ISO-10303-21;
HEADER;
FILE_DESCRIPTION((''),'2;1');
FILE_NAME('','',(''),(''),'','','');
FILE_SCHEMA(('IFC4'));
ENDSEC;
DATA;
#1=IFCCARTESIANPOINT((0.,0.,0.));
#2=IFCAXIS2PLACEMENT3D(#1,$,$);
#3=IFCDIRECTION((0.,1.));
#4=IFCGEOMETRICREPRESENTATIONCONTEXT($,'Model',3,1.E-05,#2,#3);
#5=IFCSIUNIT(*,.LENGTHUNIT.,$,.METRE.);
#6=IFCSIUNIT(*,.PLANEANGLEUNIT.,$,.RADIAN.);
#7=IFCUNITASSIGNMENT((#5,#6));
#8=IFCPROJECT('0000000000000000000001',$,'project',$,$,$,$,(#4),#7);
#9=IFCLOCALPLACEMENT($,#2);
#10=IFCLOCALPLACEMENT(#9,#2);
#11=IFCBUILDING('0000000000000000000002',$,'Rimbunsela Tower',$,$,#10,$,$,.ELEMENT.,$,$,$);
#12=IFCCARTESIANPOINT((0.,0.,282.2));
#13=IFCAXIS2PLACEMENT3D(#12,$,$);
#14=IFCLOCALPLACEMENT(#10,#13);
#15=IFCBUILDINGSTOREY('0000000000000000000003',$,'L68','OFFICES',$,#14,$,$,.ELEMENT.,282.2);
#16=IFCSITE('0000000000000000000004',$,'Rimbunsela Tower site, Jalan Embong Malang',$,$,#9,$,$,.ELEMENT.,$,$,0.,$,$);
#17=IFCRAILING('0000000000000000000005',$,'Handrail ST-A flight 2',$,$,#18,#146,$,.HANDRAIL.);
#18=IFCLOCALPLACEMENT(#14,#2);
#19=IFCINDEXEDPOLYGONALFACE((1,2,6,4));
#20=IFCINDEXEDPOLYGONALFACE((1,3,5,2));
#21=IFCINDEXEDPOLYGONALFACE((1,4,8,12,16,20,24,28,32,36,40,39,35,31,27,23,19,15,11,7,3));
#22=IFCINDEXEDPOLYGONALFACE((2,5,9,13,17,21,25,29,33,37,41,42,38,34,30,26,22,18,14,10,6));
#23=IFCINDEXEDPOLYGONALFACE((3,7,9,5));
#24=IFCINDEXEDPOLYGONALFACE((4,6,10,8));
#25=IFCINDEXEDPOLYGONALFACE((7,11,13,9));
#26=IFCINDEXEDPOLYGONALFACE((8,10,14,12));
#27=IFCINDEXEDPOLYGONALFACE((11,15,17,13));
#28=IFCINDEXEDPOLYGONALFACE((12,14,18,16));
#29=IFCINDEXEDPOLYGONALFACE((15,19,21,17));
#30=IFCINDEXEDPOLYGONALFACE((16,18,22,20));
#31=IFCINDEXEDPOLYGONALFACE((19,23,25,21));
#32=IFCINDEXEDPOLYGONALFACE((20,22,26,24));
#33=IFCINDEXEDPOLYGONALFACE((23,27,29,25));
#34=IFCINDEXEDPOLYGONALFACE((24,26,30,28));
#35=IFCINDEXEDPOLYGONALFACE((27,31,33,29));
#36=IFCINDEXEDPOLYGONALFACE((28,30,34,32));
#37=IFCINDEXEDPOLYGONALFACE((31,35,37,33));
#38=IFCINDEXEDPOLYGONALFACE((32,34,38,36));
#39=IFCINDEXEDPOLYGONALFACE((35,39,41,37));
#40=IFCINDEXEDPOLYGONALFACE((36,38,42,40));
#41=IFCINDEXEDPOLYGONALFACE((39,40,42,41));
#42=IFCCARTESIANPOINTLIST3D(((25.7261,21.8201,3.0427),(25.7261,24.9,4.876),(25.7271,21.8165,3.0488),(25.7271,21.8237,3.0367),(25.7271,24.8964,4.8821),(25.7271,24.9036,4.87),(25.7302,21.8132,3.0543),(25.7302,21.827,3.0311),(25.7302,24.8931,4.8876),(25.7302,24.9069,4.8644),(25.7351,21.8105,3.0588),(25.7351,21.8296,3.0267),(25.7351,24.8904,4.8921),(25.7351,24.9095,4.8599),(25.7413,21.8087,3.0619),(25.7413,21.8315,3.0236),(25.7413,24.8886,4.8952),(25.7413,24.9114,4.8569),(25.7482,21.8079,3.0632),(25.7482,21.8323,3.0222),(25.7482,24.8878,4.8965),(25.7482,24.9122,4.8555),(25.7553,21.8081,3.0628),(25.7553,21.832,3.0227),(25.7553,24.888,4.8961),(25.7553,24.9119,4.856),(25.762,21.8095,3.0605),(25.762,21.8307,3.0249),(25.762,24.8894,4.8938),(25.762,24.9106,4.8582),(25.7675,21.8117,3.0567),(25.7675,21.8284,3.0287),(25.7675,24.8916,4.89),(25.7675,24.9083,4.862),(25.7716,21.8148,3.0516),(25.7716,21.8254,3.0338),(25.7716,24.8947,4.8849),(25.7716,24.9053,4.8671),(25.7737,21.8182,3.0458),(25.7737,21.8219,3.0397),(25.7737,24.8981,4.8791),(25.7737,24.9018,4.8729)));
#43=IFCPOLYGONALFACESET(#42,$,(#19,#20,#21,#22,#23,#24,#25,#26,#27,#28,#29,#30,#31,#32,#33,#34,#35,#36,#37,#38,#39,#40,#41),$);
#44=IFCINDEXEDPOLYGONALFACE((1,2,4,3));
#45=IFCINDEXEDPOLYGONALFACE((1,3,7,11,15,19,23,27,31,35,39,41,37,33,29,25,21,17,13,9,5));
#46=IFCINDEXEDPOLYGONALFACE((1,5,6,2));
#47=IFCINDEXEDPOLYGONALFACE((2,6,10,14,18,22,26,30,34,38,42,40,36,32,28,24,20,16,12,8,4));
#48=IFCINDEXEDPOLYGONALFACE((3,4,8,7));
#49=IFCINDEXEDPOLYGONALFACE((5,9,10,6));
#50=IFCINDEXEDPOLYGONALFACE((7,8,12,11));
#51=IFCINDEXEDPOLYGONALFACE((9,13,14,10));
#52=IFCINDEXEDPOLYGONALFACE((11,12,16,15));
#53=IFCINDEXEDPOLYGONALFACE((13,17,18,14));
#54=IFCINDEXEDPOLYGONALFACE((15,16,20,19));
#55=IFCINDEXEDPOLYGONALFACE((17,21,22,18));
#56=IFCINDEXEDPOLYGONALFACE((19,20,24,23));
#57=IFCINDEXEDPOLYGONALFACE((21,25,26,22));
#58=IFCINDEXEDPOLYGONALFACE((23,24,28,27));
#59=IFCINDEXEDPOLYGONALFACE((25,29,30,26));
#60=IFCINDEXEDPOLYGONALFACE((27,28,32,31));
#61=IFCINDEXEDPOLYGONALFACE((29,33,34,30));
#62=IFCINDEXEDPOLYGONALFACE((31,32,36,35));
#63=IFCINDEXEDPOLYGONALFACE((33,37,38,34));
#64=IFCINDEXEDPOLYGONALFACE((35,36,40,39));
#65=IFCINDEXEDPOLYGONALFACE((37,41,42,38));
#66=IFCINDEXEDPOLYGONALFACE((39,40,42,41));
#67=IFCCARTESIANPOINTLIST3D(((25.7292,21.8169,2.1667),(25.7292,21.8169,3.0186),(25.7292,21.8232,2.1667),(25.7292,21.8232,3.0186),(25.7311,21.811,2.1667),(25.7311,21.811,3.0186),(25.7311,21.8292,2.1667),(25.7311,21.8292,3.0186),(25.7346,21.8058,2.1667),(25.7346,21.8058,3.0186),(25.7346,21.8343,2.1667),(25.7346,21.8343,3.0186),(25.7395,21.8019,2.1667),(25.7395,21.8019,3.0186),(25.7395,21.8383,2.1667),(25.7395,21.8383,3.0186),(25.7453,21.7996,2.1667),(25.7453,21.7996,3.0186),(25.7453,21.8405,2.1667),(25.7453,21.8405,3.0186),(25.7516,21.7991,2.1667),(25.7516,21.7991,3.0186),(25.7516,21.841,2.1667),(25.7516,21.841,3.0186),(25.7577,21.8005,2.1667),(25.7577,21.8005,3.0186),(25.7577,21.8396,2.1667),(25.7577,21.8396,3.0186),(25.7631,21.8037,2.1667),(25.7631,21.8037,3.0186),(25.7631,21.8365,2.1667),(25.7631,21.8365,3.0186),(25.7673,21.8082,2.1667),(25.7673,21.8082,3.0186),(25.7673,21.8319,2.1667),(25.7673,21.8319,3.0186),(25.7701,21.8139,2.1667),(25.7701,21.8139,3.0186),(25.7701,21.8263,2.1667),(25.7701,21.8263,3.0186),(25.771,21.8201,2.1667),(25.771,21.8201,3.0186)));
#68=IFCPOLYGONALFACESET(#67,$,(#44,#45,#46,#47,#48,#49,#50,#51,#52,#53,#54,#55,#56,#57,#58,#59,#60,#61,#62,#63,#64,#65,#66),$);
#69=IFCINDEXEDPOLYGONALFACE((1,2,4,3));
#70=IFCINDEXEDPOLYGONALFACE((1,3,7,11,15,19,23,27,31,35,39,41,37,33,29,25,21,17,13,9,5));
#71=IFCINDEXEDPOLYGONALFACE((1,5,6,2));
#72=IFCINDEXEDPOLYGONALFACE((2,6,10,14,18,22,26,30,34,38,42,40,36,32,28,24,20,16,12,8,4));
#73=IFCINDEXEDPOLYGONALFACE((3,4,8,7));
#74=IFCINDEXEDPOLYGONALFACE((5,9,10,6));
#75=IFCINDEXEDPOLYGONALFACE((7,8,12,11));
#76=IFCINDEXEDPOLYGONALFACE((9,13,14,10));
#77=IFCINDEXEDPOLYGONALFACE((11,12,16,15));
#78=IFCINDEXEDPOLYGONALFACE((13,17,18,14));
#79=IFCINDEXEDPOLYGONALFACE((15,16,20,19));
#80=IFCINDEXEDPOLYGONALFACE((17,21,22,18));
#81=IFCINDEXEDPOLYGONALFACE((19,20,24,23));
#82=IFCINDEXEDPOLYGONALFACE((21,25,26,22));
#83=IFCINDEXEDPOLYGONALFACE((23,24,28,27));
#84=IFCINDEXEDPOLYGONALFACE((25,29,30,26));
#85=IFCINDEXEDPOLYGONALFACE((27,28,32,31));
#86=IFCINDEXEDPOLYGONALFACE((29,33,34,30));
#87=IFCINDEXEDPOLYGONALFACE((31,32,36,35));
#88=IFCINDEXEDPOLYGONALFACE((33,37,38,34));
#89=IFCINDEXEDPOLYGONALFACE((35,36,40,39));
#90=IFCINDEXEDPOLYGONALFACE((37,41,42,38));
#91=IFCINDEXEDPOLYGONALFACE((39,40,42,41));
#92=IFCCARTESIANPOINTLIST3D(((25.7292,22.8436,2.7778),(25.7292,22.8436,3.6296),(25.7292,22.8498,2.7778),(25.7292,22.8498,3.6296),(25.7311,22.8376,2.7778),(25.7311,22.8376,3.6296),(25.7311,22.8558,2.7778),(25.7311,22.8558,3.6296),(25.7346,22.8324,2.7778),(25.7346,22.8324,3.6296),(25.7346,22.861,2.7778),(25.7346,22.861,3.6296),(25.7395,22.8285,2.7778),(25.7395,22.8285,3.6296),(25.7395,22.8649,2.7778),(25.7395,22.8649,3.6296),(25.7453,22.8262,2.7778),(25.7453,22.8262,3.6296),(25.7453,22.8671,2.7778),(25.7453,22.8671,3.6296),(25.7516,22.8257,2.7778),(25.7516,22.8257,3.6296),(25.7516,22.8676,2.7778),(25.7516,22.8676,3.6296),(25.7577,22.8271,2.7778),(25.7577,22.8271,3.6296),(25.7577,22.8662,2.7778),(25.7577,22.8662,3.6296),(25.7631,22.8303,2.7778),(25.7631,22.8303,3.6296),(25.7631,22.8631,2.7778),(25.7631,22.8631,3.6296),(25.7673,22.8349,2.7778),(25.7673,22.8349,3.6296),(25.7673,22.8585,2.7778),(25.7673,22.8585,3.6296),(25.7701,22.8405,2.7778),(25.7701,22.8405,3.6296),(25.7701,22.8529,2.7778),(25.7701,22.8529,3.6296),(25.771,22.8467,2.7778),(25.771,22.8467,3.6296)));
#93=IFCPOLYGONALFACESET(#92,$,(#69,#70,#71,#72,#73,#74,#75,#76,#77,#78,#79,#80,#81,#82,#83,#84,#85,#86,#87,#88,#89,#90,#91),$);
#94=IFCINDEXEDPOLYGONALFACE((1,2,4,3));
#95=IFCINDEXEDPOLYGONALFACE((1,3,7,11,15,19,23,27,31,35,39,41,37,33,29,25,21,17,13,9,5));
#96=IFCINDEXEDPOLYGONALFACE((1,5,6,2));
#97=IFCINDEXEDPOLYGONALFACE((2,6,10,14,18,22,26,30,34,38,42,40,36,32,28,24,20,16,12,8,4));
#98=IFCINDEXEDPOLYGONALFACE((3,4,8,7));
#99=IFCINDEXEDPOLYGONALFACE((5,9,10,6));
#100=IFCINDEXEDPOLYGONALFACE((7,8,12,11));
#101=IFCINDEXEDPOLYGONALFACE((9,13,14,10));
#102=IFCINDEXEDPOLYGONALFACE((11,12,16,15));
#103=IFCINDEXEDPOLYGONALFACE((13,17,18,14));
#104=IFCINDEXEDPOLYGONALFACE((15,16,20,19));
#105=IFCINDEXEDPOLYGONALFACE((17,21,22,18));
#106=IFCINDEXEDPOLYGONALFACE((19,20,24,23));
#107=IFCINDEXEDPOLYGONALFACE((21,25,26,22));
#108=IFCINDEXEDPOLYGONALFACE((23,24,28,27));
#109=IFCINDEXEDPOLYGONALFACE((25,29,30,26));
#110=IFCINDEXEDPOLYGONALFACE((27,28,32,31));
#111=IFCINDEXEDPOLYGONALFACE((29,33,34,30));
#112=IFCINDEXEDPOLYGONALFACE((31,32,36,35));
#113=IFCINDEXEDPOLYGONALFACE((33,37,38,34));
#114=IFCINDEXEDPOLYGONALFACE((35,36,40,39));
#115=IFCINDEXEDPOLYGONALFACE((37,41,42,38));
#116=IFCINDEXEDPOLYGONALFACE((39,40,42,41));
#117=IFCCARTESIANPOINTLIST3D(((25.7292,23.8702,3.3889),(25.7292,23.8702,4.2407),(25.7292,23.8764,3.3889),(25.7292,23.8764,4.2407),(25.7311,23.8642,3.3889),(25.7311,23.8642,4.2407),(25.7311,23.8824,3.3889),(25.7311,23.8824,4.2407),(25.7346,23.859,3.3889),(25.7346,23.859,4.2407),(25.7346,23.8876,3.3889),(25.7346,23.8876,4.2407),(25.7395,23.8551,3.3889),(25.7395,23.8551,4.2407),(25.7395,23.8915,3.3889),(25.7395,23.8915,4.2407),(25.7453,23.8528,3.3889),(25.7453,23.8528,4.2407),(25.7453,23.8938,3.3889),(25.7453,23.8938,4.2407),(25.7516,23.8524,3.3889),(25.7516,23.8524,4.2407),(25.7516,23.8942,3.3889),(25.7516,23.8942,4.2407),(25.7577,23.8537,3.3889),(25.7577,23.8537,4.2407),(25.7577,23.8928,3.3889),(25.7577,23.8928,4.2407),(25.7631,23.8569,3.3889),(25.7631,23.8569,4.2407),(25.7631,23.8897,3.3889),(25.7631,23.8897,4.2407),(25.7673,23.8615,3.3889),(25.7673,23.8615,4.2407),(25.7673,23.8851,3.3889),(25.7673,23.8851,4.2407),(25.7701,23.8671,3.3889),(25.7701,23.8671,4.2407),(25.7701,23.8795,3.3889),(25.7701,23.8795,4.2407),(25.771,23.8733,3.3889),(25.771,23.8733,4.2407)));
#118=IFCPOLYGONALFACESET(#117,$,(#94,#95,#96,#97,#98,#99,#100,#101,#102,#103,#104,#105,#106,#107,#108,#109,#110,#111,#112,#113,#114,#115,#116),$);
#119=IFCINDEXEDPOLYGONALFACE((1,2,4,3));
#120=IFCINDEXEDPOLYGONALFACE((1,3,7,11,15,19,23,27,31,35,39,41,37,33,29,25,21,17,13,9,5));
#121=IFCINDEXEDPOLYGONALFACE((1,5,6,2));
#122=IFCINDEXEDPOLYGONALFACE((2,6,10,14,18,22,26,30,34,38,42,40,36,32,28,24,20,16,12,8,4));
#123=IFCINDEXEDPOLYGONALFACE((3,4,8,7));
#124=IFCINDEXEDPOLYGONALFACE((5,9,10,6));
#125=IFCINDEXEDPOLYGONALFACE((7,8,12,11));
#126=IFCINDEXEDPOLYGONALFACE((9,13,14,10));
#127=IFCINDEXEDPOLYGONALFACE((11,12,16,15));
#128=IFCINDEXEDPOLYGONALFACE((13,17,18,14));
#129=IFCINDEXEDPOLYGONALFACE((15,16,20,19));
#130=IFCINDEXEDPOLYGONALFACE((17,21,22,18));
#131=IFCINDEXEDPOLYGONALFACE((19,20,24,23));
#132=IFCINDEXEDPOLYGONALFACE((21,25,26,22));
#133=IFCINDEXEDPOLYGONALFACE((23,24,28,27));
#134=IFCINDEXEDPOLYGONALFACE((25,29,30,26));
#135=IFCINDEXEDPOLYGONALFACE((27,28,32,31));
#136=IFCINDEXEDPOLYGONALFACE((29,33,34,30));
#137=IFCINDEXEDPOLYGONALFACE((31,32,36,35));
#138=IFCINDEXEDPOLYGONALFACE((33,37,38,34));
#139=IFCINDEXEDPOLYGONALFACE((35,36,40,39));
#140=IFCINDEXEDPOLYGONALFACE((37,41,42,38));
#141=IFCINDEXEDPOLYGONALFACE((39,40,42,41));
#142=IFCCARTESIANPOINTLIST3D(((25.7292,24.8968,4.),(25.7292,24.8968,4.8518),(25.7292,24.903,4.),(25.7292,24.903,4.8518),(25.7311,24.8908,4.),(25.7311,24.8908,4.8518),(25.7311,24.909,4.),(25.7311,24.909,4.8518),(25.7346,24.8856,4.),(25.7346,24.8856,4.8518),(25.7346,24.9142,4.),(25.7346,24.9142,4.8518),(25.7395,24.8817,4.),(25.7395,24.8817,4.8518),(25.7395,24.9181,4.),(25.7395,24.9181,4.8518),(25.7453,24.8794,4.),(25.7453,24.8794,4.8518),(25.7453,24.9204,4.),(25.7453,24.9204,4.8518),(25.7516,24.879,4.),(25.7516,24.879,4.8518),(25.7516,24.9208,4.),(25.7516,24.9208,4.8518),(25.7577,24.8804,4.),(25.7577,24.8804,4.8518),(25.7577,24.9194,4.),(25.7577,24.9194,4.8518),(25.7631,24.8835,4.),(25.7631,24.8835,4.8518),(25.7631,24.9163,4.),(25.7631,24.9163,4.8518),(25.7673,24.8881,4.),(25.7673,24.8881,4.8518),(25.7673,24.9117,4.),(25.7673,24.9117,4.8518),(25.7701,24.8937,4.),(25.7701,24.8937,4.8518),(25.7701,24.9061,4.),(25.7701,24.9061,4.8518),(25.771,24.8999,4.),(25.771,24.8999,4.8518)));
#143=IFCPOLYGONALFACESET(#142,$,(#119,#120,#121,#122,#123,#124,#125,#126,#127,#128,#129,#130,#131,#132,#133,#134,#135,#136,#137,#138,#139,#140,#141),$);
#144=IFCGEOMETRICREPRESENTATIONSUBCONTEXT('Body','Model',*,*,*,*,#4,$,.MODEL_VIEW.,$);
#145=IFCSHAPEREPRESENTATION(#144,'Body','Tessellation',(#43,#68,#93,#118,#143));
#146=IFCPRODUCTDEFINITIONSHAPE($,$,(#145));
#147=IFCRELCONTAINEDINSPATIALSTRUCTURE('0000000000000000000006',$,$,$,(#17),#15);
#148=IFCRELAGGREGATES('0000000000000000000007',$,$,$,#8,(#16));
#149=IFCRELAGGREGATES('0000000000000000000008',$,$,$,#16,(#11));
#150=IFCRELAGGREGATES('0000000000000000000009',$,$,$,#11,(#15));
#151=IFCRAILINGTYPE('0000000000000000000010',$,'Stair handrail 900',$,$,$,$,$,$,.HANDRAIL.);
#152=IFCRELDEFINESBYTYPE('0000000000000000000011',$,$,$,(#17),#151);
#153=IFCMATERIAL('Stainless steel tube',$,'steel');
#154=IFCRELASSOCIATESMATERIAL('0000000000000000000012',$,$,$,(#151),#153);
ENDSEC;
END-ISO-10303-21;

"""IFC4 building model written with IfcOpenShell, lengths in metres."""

from ifc_helpers import new_model, si_unit, direction, frame, origin, origin_2d, place, context, subcontext, project, spatial, circle, extrude, material, type_object, element, save


model = new_model("IFC4")

# Units and contexts
model_context = context("Model", 3, precision=1e-05, world=origin(), true_north=direction((0.0, 1.0)))
body_context = subcontext(model_context, "Body", "Model", "MODEL_VIEW")
ifc_project = project(units=[si_unit("LENGTHUNIT", "METRE"), si_unit("PLANEANGLEUNIT", "RADIAN")], contexts=[model_context])

# Site, building, storey
site_placement = place(None, origin())
site = spatial("IfcSite", under=ifc_project, at=site_placement, Name="Rimbunsela Tower site, Jalan Embong Malang", CompositionType="ELEMENT", RefElevation=0.0)
building_placement = place(site_placement, origin())
building = spatial("IfcBuilding", under=site, at=building_placement, Name="Rimbunsela Tower", CompositionType="ELEMENT")
storey_placement = place(building_placement, frame((0.0, 0.0, 282.2)))
storey = spatial("IfcBuildingStorey", under=building, at=storey_placement, Name="L68", Description="OFFICES", CompositionType="ELEMENT", Elevation=282.2)

# Railing
ifc_material_1 = material(Name="Stainless steel tube", Category="steel")
railing_type = type_object("IfcRailingType", Name="Stair handrail 900", PredefinedType="HANDRAIL", material=ifc_material_1)
for number, where, name in (
    (1, (25.75, 21.8201, 2.1667), "Handrail ST-A flight 2"),
):
    element("IfcRailing", number, at=place(storey_placement, frame(where)), inside=storey, type_object=railing_type, Name=name, PredefinedType="HANDRAIL", context=body_context, shape_type="SweptSolid", body=[
        extrude(circle(Radius=0.0239, at=origin_2d()), frame((0.0, 0.0, 0.876), z_axis=(0.0, 0.859291, 0.511487), x_axis=(-1.0, 0.0, 0.0)), (0.0, 0.0, 1.0), 3.5842),
        extrude(circle(Radius=0.021, at=origin_2d()), origin(), (0.0, 0.0, 1.0), 0.8518),
        extrude(circle(Radius=0.021, at=origin_2d()), frame((0.0, 1.0266, 0.6111)), (0.0, 0.0, 1.0), 0.8518),
        extrude(circle(Radius=0.021, at=origin_2d()), frame((0.0, 2.0532, 1.2222)), (0.0, 0.0, 1.0), 0.8518),
        extrude(circle(Radius=0.021, at=origin_2d()), frame((0.0, 3.0798, 1.8333)), (0.0, 0.0, 1.0), 0.8518),
    ])

save(model, "model.ifc")
